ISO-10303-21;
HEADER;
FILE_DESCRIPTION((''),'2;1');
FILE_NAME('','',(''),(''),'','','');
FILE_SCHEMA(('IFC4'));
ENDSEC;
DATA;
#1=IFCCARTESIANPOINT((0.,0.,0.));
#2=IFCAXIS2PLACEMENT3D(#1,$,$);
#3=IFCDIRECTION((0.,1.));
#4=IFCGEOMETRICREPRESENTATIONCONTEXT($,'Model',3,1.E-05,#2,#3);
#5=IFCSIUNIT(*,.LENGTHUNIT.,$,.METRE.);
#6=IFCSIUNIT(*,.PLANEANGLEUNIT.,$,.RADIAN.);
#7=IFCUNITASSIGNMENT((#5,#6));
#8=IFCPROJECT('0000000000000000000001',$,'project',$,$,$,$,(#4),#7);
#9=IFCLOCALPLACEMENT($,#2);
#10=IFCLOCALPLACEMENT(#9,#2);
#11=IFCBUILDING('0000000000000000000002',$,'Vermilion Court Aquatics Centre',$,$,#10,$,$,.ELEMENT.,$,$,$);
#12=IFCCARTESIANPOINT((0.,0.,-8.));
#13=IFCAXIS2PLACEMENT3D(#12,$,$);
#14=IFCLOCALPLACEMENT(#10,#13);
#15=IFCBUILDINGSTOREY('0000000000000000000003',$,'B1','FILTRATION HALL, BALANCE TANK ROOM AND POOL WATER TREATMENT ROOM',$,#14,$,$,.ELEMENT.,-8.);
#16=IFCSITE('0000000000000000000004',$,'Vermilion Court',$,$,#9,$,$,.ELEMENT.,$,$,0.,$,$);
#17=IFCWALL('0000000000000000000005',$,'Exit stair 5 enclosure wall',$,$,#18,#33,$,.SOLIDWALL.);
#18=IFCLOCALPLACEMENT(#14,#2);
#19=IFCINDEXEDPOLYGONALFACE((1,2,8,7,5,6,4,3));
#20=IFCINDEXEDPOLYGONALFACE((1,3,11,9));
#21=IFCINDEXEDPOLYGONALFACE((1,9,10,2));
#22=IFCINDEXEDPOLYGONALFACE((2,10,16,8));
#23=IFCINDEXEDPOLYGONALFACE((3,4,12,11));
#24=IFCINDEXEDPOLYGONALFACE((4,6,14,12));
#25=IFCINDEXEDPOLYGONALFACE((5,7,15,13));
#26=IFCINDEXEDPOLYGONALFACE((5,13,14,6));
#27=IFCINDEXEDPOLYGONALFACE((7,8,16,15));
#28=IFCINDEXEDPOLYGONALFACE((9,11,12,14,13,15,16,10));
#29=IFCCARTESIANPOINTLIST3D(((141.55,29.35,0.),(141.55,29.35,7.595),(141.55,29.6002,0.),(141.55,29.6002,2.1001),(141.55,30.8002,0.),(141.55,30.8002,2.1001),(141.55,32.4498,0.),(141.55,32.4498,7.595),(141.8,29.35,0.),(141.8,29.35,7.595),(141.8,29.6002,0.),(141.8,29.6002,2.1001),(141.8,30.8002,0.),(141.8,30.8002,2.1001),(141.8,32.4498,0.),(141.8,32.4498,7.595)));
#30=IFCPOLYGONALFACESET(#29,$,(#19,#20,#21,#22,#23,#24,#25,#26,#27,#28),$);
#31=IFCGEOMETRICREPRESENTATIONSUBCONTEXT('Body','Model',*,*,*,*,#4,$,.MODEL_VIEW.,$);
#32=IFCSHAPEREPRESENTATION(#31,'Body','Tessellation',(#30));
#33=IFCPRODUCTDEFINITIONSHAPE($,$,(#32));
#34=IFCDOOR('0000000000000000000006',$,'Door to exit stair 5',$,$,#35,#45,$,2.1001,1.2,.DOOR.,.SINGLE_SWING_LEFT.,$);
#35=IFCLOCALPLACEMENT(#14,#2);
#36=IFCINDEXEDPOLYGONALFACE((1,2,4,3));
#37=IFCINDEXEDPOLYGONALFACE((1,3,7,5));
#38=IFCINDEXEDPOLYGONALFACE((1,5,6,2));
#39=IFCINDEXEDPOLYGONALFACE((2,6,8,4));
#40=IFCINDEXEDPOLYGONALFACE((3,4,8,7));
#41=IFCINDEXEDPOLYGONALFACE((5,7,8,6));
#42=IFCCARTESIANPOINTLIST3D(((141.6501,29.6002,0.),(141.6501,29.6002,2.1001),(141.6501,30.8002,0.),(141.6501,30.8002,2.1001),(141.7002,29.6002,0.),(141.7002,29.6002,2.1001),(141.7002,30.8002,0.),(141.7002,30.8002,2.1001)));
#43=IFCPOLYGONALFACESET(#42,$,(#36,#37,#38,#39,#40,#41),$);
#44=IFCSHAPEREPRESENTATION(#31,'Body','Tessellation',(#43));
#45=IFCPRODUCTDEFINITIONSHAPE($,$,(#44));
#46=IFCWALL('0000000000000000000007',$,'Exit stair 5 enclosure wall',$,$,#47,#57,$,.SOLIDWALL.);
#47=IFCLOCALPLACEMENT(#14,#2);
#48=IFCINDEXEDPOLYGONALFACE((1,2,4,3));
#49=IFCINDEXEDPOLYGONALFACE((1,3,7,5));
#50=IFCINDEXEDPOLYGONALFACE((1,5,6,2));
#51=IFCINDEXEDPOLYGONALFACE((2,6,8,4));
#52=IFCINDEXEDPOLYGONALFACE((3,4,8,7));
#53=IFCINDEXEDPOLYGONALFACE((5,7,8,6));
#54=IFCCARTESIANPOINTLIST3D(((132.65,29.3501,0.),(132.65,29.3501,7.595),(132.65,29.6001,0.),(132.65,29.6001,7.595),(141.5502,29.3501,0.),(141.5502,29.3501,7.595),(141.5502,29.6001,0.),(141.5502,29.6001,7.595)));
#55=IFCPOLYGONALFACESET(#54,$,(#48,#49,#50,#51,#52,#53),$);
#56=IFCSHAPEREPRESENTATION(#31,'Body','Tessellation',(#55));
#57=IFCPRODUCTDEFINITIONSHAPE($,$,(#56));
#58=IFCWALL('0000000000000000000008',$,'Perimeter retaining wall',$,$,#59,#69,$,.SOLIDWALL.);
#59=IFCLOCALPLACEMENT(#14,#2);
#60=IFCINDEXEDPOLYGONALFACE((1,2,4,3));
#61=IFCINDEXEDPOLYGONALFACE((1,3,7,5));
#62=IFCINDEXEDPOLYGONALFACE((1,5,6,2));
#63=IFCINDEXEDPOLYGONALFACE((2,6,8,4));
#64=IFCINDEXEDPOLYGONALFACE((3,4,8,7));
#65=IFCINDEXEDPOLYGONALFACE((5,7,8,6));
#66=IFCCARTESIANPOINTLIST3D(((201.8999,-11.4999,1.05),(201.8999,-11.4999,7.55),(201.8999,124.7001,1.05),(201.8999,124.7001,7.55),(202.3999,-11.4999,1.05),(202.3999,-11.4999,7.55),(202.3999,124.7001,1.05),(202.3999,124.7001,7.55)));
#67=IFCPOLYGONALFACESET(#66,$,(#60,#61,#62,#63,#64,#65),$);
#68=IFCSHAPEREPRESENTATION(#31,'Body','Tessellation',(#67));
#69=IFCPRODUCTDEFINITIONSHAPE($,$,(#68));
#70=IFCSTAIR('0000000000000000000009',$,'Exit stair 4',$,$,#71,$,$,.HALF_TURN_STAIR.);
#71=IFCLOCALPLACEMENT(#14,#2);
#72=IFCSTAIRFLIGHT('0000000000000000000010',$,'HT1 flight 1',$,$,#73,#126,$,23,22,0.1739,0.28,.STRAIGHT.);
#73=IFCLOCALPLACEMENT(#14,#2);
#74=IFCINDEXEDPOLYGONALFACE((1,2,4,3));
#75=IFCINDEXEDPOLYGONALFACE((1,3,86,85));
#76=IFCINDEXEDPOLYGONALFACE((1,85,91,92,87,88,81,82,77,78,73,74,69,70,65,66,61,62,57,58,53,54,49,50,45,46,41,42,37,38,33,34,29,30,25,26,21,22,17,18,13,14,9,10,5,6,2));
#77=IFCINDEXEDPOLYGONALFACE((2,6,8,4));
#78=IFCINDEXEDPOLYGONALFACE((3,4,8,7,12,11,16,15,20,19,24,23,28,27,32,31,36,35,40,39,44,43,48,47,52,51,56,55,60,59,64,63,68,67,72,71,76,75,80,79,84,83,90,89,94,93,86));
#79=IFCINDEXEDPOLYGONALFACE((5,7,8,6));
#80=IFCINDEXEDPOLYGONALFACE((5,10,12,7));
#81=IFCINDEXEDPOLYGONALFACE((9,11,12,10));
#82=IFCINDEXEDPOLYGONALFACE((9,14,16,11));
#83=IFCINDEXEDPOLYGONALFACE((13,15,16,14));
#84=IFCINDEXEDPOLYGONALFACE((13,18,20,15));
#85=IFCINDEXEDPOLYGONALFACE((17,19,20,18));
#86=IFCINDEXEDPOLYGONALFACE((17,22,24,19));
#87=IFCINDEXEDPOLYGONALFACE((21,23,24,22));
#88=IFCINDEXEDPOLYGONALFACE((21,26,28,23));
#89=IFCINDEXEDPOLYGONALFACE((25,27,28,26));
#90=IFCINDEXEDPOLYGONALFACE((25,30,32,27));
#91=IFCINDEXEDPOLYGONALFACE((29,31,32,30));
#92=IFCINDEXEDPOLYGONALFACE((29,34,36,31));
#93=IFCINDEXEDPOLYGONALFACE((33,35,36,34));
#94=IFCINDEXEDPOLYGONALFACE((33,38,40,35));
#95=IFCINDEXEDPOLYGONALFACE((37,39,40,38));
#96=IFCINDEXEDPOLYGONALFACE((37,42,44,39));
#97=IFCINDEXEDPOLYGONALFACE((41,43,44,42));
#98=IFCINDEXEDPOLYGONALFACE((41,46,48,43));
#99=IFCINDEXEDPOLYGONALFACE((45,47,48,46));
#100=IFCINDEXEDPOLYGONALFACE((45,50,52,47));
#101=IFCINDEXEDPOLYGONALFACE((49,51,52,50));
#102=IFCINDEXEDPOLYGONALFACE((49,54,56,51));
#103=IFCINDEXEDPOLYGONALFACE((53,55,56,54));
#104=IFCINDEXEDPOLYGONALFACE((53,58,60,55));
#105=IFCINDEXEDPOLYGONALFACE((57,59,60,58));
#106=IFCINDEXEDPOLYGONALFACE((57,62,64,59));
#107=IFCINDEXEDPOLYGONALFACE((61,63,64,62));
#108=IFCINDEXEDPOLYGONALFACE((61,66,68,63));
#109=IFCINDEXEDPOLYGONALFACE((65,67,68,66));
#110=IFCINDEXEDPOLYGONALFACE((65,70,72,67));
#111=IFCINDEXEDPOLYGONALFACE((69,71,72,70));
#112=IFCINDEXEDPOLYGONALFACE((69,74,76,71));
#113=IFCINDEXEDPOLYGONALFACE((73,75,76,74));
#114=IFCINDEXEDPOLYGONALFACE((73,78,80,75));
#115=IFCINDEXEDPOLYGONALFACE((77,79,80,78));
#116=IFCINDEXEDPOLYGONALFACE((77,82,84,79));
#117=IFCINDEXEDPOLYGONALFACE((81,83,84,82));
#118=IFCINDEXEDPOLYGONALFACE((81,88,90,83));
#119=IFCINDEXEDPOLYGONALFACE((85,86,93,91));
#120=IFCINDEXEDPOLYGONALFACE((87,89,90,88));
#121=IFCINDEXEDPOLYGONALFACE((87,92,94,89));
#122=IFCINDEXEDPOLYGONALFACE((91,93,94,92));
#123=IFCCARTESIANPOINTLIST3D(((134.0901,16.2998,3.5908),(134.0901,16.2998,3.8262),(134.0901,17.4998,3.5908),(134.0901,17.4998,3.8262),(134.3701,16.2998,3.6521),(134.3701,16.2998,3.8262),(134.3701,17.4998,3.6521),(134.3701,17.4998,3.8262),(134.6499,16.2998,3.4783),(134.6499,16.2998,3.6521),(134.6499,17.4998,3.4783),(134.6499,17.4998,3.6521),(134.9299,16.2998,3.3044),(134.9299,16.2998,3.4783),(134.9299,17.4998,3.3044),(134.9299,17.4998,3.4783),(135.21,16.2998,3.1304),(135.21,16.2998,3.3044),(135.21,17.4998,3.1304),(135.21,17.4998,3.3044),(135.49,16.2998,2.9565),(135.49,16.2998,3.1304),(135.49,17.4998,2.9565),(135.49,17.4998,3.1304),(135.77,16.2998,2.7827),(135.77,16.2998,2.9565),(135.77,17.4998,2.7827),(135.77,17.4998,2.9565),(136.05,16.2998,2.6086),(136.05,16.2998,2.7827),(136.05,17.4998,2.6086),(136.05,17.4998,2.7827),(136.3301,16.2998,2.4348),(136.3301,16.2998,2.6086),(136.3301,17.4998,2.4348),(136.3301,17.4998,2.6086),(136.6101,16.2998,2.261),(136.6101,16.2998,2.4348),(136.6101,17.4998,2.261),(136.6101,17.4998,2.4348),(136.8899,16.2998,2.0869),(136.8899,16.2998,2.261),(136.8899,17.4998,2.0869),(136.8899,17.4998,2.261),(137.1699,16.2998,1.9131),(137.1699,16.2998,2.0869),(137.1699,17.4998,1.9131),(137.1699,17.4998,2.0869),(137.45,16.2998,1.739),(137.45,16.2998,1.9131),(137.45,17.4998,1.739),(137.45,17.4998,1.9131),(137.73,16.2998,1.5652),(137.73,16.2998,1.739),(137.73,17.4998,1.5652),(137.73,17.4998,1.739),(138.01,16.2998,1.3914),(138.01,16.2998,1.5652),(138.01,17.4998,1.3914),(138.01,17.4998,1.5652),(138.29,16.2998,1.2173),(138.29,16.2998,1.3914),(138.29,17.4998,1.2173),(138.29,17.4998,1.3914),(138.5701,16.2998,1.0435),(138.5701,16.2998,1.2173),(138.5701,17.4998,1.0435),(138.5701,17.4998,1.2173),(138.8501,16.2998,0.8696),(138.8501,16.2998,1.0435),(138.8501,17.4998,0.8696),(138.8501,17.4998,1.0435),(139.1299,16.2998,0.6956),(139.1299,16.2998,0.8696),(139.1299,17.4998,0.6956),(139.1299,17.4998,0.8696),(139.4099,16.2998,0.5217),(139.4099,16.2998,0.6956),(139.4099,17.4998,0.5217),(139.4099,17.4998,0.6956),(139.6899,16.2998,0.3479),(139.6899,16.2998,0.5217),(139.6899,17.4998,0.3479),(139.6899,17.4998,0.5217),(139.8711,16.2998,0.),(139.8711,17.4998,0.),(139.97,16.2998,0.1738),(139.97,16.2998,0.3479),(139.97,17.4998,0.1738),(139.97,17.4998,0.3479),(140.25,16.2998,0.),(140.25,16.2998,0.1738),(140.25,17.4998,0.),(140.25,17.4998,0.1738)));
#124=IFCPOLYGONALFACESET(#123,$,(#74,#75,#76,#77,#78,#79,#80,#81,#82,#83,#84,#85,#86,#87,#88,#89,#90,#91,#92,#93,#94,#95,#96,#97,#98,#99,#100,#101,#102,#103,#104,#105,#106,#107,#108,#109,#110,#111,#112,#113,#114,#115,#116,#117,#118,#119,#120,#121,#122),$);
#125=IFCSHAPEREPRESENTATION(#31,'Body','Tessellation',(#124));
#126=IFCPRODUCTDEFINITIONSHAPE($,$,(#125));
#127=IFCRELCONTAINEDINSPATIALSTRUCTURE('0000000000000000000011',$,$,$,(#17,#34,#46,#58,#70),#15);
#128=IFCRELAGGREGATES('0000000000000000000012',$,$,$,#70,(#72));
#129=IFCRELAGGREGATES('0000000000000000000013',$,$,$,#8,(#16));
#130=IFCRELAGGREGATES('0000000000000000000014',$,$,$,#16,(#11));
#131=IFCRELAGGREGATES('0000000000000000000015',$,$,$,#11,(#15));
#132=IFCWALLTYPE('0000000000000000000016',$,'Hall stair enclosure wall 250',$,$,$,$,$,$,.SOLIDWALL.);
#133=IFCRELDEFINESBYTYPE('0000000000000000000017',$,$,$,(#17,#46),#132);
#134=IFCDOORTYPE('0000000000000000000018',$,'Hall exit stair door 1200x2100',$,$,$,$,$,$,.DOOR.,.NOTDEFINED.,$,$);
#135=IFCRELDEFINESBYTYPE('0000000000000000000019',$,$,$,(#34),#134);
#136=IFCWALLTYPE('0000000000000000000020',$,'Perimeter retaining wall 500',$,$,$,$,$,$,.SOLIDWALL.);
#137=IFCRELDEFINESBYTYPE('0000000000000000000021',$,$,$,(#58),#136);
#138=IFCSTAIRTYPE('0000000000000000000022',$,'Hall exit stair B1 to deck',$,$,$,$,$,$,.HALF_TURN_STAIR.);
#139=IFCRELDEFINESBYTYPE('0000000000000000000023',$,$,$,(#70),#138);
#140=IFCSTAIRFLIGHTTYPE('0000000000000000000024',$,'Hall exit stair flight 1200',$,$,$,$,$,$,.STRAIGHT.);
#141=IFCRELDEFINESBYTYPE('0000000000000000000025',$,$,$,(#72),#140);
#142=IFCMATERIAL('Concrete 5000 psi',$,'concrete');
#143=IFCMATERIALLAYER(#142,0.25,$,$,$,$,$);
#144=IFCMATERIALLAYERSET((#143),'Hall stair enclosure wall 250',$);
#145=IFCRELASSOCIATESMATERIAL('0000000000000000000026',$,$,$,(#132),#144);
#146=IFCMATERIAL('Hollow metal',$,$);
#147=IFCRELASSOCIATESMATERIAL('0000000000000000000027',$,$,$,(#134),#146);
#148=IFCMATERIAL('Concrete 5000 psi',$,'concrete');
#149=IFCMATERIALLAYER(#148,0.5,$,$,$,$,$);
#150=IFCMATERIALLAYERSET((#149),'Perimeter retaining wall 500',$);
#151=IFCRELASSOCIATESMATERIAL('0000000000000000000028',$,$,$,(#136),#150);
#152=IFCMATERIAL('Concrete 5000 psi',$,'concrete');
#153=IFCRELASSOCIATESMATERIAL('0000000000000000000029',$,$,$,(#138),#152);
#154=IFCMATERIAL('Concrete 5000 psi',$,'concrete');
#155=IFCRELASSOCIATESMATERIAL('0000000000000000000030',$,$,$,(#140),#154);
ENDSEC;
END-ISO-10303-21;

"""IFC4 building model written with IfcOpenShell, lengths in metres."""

from ifc_helpers import new_model, si_unit, direction, frame, frame_2d, origin, place, context, subcontext, project, spatial, polyline, rectangle, outline, extrude, material, layer, layer_set, type_object, element, fill, aggregate, save


model = new_model("IFC4")

# Units and contexts
model_context = context("Model", 3, precision=1e-05, world=origin(), true_north=direction((0.0, 1.0)))
body_context = subcontext(model_context, "Body", "Model", "MODEL_VIEW")
ifc_project = project(units=[si_unit("LENGTHUNIT", "METRE"), si_unit("PLANEANGLEUNIT", "RADIAN")], contexts=[model_context])

# Site, building, storey
site_placement = place(None, origin())
site = spatial("IfcSite", under=ifc_project, at=site_placement, Name="Vermilion Court", CompositionType="ELEMENT", RefElevation=0.0)
building_placement = place(site_placement, origin())
building = spatial("IfcBuilding", under=site, at=building_placement, Name="Vermilion Court Aquatics Centre", CompositionType="ELEMENT")
storey_placement = place(building_placement, frame((0.0, 0.0, -8.0)))
storey = spatial("IfcBuildingStorey", under=building, at=storey_placement, Name="B1", Description="FILTRATION HALL, BALANCE TANK ROOM AND POOL WATER TREATMENT ROOM", CompositionType="ELEMENT", Elevation=-8.0)

# Shared definitions
ifc_material_1 = material(Name="Concrete 5000 psi", Category="concrete")
ifc_layer_1 = layer(ifc_material_1, 0.25)
ifc_layer_set_1 = layer_set([ifc_layer_1], Name="Hall stair enclosure wall 250")
wall_type_1 = type_object("IfcWallType", Name="Hall stair enclosure wall 250", PredefinedType="SOLIDWALL", material=ifc_layer_set_1)

# Shared definitions
ifc_material_2 = material(Name="Hollow metal")
door_type = type_object("IfcDoorType", Name="Hall exit stair door 1200x2100", OperationType="NOTDEFINED", PredefinedType="DOOR", material=ifc_material_2)

# Wall, opening, door
wall_1_placement = place(storey_placement, frame((141.675, 29.3501, 0.0), z_axis=(0.0, 0.0, 1.0), x_axis=(0.0, 1.0, 0.0)))
wall_1 = element("IfcWall", 1, at=wall_1_placement, inside=storey, type_object=wall_type_1, Name="Exit stair 5 enclosure wall", PredefinedType="SOLIDWALL", context=body_context, shape_type="SweptSolid", body=[
    extrude(rectangle(XDim=3.0999, YDim=0.25, at=frame_2d((1.5498, 0.0))), origin(), (0.0, 0.0, 1.0), 7.595),
])
opening_1_placement = place(wall_1_placement, frame((0.25, 0.0, 0.0)))
opening_1 = element("IfcOpeningElement", 2, at=opening_1_placement, cuts=wall_1, PredefinedType="OPENING", context=body_context, shape_type="SweptSolid", body=[
    extrude(rectangle(XDim=1.2, YDim=2.1001, at=frame_2d((0.6001, 1.05))), frame((0.0, 0.135, 0.0), z_axis=(0.0, -1.0, 0.0), x_axis=(1.0, 0.0, 0.0)), (0.0, 0.0, 1.0), 0.27),
])
door_1_placement = place(opening_1_placement, origin())
door_1 = element("IfcDoor", 3, at=door_1_placement, inside=storey, type_object=door_type, Name="Door to exit stair 5", OperationType="SINGLE_SWING_LEFT", OverallHeight=2.1001, OverallWidth=1.2, PredefinedType="DOOR", context=body_context, shape_type="SweptSolid", body=[
    extrude(rectangle(XDim=1.2, YDim=2.1001, at=frame_2d((0.6001, 1.05))), frame((0.0, 0.0249, 0.0), z_axis=(0.0, -1.0, 0.0), x_axis=(1.0, 0.0, 0.0)), (0.0, 0.0, 1.0), 0.05),
])
fill(opening_1, door_1)

# Walls
wall_2_placement = place(storey_placement, frame((132.6499, 29.4751, 0.0), z_axis=(0.0, 0.0, 1.0), x_axis=(1.0, 0.0, 0.0)))
element("IfcWall", 4, at=wall_2_placement, inside=storey, type_object=wall_type_1, Name="Exit stair 5 enclosure wall", PredefinedType="SOLIDWALL", context=body_context, shape_type="SweptSolid", body=[
    extrude(rectangle(XDim=8.9001, YDim=0.25, at=frame_2d((4.4502, 0.0))), origin(), (0.0, 0.0, 1.0), 7.595),
])
ifc_material_3 = material(Name="Concrete 5000 psi", Category="concrete")
ifc_layer_2 = layer(ifc_material_3, 0.5)
ifc_layer_set_2 = layer_set([ifc_layer_2], Name="Perimeter retaining wall 500")
wall_type_2 = type_object("IfcWallType", Name="Perimeter retaining wall 500", PredefinedType="SOLIDWALL", material=ifc_layer_set_2)
wall_3_placement = place(storey_placement, frame((202.1499, -11.5, 1.05), z_axis=(0.0, 0.0, 1.0), x_axis=(0.0, 1.0, 0.0)))
element("IfcWall", 5, at=wall_3_placement, inside=storey, type_object=wall_type_2, Name="Perimeter retaining wall", PredefinedType="SOLIDWALL", context=body_context, shape_type="SweptSolid", body=[
    extrude(rectangle(XDim=136.2, YDim=0.5, at=frame_2d((68.1001, 0.0))), origin(), (0.0, 0.0, 1.0), 6.5),
])

# Stair, stair flight
ifc_material_4 = material(Name="Concrete 5000 psi", Category="concrete")
stair_type = type_object("IfcStairType", Name="Hall exit stair B1 to deck", PredefinedType="HALF_TURN_STAIR", material=ifc_material_4)
stair_1_placement = place(storey_placement, origin())
stair_1 = element("IfcStair", 6, at=stair_1_placement, inside=storey, type_object=stair_type, Name="Exit stair 4", PredefinedType="HALF_TURN_STAIR")
ifc_material_5 = material(Name="Concrete 5000 psi", Category="concrete")
stair_flight_type = type_object("IfcStairFlightType", Name="Hall exit stair flight 1200", PredefinedType="STRAIGHT", material=ifc_material_5)
stair_flight_1_placement = place(storey_placement, frame((140.25, 16.8999, 0.0), z_axis=(0.0, 0.0, 1.0), x_axis=(-1.0, 0.0, 0.0)))
stair_flight_1 = element("IfcStairFlight", 7, at=stair_flight_1_placement, type_object=stair_flight_type, Name="HT1 flight 1", NumberOfRisers=23, NumberOfTreads=22, PredefinedType="STRAIGHT", RiserHeight=0.1739, TreadLength=0.28, context=body_context, shape_type="SweptSolid", body=[
    extrude(outline(polyline([(0.0, 0.0), (0.0, 0.1738), (0.28, 0.1738), (0.28, 0.3479), (0.5601, 0.3479), (0.5601, 0.5217), (0.8401, 0.5217), (0.8401, 0.6956), (1.1201, 0.6956), (1.1201, 0.8696), (1.3999, 0.8696), (1.3999, 1.0435), (1.6799, 1.0435), (1.6799, 1.2173), (1.96, 1.2173), (1.96, 1.3914), (2.24, 1.3914), (2.24, 1.5652), (2.52, 1.5652), (2.52, 1.739), (2.8, 1.739), (2.8, 1.9131), (3.0801, 1.9131), (3.0801, 2.0869), (3.3601, 2.0869), (3.3601, 2.261), (3.6399, 2.261), (3.6399, 2.4348), (3.9199, 2.4348), (3.9199, 2.6086), (4.2, 2.6086), (4.2, 2.7827), (4.48, 2.7827), (4.48, 2.9565), (4.76, 2.9565), (4.76, 3.1304), (5.04, 3.1304), (5.04, 3.3044), (5.3201, 3.3044), (5.3201, 3.4783), (5.6001, 3.4783), (5.6001, 3.6521), (5.8799, 3.6521), (5.8799, 3.8262), (6.1599, 3.8262), (6.1599, 4.0), (6.1599, 3.5908), (0.3789, 0.0), (0.0, 0.0)])), frame((0.0, 0.6001, 0.0), z_axis=(0.0, -1.0, 0.0), x_axis=(1.0, 0.0, 0.0)), (0.0, 0.0, 1.0), 1.2),
])
aggregate(stair_1, [stair_flight_1])

save(model, "model.ifc")
